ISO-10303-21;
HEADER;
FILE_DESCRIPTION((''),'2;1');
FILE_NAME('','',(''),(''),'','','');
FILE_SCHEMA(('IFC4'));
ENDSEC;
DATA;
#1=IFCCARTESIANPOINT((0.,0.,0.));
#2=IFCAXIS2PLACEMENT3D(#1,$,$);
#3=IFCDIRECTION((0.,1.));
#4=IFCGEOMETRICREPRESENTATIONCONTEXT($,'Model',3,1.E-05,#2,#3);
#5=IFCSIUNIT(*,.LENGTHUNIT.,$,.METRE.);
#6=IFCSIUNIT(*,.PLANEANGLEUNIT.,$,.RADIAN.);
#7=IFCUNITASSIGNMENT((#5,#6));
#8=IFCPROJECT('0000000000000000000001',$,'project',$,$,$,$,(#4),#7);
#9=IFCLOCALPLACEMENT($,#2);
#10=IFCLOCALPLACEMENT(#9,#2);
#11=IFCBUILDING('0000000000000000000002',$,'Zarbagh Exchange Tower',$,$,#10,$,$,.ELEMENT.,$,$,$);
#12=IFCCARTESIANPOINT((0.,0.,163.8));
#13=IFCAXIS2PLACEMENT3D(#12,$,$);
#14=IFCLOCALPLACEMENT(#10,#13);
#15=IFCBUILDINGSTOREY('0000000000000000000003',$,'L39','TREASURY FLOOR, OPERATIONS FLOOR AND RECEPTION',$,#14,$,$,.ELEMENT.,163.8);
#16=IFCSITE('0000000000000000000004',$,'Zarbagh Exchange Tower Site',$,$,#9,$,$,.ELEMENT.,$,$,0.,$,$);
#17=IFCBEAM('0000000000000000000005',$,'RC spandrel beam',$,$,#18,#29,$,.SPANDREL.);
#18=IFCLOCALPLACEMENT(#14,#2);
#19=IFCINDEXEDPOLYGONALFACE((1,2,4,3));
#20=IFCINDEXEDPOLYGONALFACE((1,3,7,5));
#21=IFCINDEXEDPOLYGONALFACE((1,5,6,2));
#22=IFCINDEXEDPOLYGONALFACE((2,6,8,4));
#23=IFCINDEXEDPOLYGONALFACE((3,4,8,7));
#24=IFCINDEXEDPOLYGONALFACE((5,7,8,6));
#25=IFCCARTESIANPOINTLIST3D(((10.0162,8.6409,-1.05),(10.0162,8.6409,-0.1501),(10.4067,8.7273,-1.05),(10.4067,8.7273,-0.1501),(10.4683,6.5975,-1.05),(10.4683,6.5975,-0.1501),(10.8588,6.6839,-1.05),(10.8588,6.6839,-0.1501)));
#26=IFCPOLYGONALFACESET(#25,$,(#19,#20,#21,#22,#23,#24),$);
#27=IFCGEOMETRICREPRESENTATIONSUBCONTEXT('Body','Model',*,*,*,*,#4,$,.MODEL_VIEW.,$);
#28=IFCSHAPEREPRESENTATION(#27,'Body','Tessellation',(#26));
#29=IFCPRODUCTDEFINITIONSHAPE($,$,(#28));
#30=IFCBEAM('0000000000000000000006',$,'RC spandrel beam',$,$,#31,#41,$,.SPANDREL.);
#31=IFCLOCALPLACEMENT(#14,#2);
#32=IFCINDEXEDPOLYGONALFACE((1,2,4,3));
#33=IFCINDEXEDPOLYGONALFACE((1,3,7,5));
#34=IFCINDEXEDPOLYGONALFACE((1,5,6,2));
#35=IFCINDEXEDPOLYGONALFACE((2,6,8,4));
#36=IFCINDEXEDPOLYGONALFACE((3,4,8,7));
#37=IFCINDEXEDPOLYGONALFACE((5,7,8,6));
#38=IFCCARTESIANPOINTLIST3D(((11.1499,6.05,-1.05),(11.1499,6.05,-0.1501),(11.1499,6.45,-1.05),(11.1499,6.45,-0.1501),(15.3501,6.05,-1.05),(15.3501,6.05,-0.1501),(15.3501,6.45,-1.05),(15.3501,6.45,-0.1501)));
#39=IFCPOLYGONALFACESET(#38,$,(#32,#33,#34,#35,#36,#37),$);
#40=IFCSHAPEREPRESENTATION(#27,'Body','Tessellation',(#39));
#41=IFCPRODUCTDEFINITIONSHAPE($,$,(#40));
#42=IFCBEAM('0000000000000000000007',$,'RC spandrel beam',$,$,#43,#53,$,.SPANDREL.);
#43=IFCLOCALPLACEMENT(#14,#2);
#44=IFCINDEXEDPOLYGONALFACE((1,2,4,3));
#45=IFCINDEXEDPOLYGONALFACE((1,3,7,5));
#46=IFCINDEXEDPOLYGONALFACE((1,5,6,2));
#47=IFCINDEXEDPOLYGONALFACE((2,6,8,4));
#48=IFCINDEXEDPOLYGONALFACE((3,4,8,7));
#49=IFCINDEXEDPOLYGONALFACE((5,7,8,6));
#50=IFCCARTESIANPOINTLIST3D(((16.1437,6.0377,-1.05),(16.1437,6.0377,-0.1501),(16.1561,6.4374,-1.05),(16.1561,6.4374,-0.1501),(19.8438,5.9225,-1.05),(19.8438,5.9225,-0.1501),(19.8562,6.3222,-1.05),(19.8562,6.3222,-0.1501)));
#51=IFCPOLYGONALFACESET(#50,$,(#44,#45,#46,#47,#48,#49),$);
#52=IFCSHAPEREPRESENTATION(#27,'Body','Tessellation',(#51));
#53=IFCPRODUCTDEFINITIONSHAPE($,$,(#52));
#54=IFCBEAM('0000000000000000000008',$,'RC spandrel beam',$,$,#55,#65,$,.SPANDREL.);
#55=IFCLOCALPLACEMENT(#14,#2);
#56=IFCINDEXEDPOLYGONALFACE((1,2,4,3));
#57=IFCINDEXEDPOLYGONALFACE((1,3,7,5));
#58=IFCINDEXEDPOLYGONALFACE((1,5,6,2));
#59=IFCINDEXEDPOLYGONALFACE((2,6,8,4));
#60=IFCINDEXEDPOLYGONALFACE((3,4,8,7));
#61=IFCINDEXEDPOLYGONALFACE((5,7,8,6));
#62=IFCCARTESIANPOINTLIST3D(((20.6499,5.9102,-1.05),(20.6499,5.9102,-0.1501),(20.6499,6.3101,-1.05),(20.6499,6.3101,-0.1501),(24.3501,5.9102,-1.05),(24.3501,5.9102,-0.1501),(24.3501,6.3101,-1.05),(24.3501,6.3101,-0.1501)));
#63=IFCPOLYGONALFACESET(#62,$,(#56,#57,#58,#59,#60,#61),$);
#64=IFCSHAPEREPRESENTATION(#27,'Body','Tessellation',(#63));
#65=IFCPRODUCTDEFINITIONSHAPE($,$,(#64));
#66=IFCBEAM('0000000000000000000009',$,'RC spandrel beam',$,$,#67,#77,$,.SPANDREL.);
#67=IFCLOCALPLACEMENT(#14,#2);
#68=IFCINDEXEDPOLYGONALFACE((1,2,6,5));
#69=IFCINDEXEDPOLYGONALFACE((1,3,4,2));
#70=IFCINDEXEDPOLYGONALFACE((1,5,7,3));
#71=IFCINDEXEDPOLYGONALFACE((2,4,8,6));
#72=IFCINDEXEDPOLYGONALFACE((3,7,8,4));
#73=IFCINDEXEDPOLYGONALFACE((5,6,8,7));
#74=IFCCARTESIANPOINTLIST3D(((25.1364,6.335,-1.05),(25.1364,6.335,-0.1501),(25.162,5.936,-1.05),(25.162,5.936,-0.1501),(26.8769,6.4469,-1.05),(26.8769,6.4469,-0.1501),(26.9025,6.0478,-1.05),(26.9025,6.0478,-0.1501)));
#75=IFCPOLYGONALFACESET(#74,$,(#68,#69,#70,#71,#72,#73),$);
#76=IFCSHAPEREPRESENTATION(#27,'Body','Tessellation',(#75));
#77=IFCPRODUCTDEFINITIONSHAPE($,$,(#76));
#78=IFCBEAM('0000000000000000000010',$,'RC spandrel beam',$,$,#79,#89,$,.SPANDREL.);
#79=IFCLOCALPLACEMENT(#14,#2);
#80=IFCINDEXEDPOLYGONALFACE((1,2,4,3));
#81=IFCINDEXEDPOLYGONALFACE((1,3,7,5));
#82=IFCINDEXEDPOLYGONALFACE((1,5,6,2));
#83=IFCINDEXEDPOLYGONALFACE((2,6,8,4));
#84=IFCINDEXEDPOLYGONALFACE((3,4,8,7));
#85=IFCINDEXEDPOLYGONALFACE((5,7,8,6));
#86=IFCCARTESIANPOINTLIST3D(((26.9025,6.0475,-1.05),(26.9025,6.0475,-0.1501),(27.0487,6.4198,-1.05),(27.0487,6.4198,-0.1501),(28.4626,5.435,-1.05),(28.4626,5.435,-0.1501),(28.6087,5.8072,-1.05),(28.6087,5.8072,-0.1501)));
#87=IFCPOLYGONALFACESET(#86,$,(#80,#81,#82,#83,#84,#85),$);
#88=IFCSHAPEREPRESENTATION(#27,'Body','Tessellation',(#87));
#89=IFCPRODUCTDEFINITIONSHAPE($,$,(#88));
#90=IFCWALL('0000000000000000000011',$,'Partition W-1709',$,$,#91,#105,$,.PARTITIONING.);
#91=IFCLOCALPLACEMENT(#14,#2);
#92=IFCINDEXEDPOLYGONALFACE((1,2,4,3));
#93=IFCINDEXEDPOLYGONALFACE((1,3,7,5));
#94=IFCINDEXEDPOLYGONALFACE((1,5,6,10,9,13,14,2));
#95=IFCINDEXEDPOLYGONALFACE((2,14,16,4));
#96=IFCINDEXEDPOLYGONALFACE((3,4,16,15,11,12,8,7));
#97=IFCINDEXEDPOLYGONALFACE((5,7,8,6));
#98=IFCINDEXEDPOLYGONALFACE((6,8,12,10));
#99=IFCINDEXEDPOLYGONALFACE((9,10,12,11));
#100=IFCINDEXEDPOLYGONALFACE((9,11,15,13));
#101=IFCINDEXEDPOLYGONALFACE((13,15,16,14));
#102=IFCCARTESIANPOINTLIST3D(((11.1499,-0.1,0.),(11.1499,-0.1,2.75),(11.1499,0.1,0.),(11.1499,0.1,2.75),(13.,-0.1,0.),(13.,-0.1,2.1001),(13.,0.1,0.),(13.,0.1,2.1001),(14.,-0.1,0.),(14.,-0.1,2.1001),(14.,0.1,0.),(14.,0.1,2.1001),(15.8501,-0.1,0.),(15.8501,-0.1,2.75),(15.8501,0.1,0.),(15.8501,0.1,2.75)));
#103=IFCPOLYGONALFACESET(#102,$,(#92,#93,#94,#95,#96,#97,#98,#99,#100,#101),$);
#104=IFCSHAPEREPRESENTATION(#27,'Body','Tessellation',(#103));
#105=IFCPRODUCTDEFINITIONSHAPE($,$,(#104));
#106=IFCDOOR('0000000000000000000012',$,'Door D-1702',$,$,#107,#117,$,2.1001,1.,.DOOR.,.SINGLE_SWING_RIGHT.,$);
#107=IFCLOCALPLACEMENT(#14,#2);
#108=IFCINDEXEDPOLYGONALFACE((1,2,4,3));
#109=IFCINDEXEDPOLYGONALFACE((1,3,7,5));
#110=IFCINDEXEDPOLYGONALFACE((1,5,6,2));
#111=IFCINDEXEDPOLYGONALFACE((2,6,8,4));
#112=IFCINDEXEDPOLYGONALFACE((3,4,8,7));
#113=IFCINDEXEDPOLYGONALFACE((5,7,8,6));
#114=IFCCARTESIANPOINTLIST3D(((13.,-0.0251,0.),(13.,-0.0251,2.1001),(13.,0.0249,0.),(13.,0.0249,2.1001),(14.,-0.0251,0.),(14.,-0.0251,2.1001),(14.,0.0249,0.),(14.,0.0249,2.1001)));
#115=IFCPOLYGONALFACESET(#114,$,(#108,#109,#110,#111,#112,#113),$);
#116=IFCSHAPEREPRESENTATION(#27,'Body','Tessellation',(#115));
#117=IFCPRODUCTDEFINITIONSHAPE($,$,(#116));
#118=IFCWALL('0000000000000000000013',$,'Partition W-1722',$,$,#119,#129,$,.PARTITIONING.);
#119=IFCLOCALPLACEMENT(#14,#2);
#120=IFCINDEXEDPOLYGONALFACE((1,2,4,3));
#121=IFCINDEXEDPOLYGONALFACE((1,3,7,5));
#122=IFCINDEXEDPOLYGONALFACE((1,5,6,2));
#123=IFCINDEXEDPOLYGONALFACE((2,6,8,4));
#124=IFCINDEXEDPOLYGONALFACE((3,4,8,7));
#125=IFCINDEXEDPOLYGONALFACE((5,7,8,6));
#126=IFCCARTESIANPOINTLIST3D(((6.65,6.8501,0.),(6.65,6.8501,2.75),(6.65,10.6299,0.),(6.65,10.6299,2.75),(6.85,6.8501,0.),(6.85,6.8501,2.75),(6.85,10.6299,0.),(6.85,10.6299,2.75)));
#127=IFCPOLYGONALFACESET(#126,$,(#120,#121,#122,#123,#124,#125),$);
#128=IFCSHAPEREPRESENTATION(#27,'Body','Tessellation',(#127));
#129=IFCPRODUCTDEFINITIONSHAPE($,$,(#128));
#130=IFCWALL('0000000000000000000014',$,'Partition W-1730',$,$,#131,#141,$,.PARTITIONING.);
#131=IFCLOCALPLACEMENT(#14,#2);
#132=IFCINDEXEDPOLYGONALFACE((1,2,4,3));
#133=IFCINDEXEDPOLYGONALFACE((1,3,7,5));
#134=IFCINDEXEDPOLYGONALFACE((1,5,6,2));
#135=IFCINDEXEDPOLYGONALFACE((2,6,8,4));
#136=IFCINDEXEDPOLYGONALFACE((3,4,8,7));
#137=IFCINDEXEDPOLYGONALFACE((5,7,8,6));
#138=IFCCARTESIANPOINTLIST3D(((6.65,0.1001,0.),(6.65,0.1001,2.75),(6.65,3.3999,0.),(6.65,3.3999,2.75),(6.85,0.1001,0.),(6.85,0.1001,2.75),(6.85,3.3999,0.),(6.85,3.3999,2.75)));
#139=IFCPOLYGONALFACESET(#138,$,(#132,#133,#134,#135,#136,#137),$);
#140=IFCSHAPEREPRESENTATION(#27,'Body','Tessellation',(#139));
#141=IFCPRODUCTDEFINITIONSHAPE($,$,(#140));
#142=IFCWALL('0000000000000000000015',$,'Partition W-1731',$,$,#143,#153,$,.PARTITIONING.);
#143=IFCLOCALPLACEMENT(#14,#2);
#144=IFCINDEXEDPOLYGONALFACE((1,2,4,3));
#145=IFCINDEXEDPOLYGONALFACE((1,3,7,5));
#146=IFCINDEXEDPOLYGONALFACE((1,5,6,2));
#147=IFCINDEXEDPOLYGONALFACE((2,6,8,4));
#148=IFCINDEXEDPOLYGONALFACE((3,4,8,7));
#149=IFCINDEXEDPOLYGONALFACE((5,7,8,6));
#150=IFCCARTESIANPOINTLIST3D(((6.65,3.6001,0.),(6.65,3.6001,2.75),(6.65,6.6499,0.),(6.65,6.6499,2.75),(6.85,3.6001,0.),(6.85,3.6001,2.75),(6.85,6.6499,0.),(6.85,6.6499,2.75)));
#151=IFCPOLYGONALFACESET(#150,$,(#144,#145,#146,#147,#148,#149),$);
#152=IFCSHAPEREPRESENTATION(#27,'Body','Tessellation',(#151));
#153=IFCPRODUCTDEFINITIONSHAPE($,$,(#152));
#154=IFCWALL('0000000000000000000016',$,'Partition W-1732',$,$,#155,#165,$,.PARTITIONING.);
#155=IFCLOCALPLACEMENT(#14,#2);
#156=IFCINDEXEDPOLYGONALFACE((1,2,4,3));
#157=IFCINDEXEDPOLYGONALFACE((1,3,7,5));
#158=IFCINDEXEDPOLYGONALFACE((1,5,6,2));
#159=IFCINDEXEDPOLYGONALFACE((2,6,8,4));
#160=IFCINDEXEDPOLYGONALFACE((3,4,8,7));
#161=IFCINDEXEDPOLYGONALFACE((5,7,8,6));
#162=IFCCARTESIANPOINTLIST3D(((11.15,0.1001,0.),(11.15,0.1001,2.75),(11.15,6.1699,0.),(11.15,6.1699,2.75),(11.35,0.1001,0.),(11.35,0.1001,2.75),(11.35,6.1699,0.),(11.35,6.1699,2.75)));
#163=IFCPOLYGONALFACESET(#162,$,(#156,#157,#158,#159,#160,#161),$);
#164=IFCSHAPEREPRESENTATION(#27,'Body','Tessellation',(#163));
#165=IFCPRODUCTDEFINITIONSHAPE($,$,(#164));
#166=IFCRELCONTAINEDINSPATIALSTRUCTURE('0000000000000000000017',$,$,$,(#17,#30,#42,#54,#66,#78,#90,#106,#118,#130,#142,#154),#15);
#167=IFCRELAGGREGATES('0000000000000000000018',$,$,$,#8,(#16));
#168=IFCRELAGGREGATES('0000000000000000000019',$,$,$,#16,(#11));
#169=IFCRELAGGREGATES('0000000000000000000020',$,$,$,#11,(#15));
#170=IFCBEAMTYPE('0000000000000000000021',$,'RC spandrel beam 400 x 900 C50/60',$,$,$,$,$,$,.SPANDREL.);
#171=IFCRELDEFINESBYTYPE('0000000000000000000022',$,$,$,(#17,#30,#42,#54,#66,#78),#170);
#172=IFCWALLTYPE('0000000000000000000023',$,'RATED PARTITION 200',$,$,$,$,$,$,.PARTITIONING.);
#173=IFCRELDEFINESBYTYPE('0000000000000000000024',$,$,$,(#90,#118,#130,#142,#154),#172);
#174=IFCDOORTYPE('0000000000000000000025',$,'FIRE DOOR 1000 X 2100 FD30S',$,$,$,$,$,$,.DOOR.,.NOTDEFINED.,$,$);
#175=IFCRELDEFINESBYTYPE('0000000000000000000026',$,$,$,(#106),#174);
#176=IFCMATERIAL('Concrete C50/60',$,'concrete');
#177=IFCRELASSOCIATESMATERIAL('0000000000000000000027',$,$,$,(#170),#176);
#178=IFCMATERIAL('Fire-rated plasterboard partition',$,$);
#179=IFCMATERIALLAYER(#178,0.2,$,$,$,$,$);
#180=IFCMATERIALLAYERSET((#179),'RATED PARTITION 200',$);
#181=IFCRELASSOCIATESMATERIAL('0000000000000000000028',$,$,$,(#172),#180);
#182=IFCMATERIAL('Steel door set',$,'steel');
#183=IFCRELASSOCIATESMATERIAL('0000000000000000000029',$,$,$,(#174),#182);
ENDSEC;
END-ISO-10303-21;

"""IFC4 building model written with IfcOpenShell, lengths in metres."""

from ifc_helpers import new_model, si_unit, direction, frame, frame_2d, origin, origin_2d, place, context, subcontext, project, spatial, rectangle, extrude, material, layer, layer_set, material_profile, profile_set, type_object, element, fill, save


model = new_model("IFC4")

# Units and contexts
model_context = context("Model", 3, precision=1e-05, world=origin(), true_north=direction((0.0, 1.0)))
body_context = subcontext(model_context, "Body", "Model", "MODEL_VIEW")
ifc_project = project(units=[si_unit("LENGTHUNIT", "METRE"), si_unit("PLANEANGLEUNIT", "RADIAN")], contexts=[model_context])

# Site, building, storey
site_placement = place(None, origin())
site = spatial("IfcSite", under=ifc_project, at=site_placement, Name="Zarbagh Exchange Tower Site", CompositionType="ELEMENT", RefElevation=0.0)
building_placement = place(site_placement, origin())
building = spatial("IfcBuilding", under=site, at=building_placement, Name="Zarbagh Exchange Tower", CompositionType="ELEMENT")
storey_placement = place(building_placement, frame((0.0, 0.0, 163.8)))
storey = spatial("IfcBuildingStorey", under=building, at=storey_placement, Name="L39", Description="TREASURY FLOOR, OPERATIONS FLOOR AND RECEPTION", CompositionType="ELEMENT", Elevation=163.8)

# Shared definitions
ifc_material_1 = material(Name="Concrete C50/60", Category="concrete")

# Beams
ifc_material_profile_1 = material_profile(ifc_material_1, rectangle(XDim=0.3999, YDim=0.8999, at=origin_2d()), Name="RC spandrel beam 400 x 900 C50/60")
ifc_profile_set_1 = profile_set([ifc_material_profile_1], Name="Concrete C50/60")
beam_type_1 = type_object("IfcBeamType", Name="RC spandrel beam 400 x 900 C50/60", PredefinedType="SPANDREL", material=ifc_profile_set_1)
beam_1_placement = place(storey_placement, frame((10.2114, 8.6841, -0.6001), z_axis=(0.216041, -0.976384, 0.0), x_axis=(0.976384, 0.216041, 0.0)))
element("IfcBeam", 1, at=beam_1_placement, inside=storey, type_object=beam_type_1, Name="RC spandrel beam", PredefinedType="SPANDREL", context=body_context, shape_type="SweptSolid", body=[
    extrude(rectangle(XDim=0.3999, YDim=0.8999, at=origin_2d()), origin(), (0.0, 0.0, 1.0), 2.0928),
])
beam_2_placement = place(storey_placement, frame((11.1499, 6.25, -0.6001), z_axis=(1.0, 0.0, 0.0), x_axis=(0.0, 1.0, 0.0)))
element("IfcBeam", 2, at=beam_2_placement, inside=storey, type_object=beam_type_1, Name="RC spandrel beam", PredefinedType="SPANDREL", context=body_context, shape_type="SweptSolid", body=[
    extrude(rectangle(XDim=0.3999, YDim=0.8999, at=origin_2d()), origin(), (0.0, 0.0, 1.0), 4.2002),
])
beam_3_placement = place(storey_placement, frame((16.1499, 6.2375, -0.6001), z_axis=(0.999515, -0.031128, 0.0), x_axis=(0.031128, 0.999515, 0.0)))
element("IfcBeam", 3, at=beam_3_placement, inside=storey, type_object=beam_type_1, Name="RC spandrel beam", PredefinedType="SPANDREL", context=body_context, shape_type="SweptSolid", body=[
    extrude(rectangle(XDim=0.3999, YDim=0.8999, at=origin_2d()), origin(), (0.0, 0.0, 1.0), 3.7019),
])
beam_4_placement = place(storey_placement, frame((20.6499, 6.1101, -0.6001), z_axis=(1.0, 0.0, 0.0), x_axis=(0.0, 1.0, 0.0)))
element("IfcBeam", 4, at=beam_4_placement, inside=storey, type_object=beam_type_1, Name="RC spandrel beam", PredefinedType="SPANDREL", context=body_context, shape_type="SweptSolid", body=[
    extrude(rectangle(XDim=0.3999, YDim=0.8999, at=origin_2d()), origin(), (0.0, 0.0, 1.0), 3.7002),
])
beam_5_placement = place(storey_placement, frame((25.1492, 6.1355, -0.6001), z_axis=(0.997943, 0.064112, 0.0), x_axis=(-0.064112, 0.997943, 0.0)))
element("IfcBeam", 5, at=beam_5_placement, inside=storey, type_object=beam_type_1, Name="RC spandrel beam", PredefinedType="SPANDREL", context=body_context, shape_type="SweptSolid", body=[
    extrude(rectangle(XDim=0.3999, YDim=0.8999, at=origin_2d()), origin(), (0.0, 0.0, 1.0), 1.7441),
])
beam_6_placement = place(storey_placement, frame((26.9756, 6.2336, -0.6001), z_axis=(0.930819, -0.365481, 0.0), x_axis=(0.365481, 0.930819, 0.0)))
element("IfcBeam", 6, at=beam_6_placement, inside=storey, type_object=beam_type_1, Name="RC spandrel beam", PredefinedType="SPANDREL", context=body_context, shape_type="SweptSolid", body=[
    extrude(rectangle(XDim=0.3999, YDim=0.8999, at=origin_2d()), origin(), (0.0, 0.0, 1.0), 1.676),
])

# Wall, opening, door
ifc_material_2 = material(Name="Fire-rated plasterboard partition")
ifc_layer = layer(ifc_material_2, 0.2)
ifc_layer_set = layer_set([ifc_layer], Name="RATED PARTITION 200")
wall_type = type_object("IfcWallType", Name="RATED PARTITION 200", PredefinedType="PARTITIONING", material=ifc_layer_set)
wall_1_placement = place(storey_placement, frame((11.1499, 0.0, 0.0), z_axis=(0.0, 0.0, 1.0), x_axis=(1.0, 0.0, 0.0)))
wall_1 = element("IfcWall", 7, at=wall_1_placement, inside=storey, type_object=wall_type, Name="Partition W-1709", PredefinedType="PARTITIONING", context=body_context, shape_type="SweptSolid", body=[
    extrude(rectangle(XDim=4.7002, YDim=0.2, at=frame_2d((2.3501, 0.0))), origin(), (0.0, 0.0, 1.0), 2.75),
])
opening_1_placement = place(wall_1_placement, frame((1.8501, 0.0, 0.0)))
opening_1 = element("IfcOpeningElement", 8, at=opening_1_placement, cuts=wall_1, PredefinedType="OPENING", context=body_context, shape_type="SweptSolid", body=[
    extrude(rectangle(XDim=1.0, YDim=2.1001, at=frame_2d((0.5, 1.05))), frame((0.0, 0.1099, 0.0), z_axis=(0.0, -1.0, 0.0), x_axis=(1.0, 0.0, 0.0)), (0.0, 0.0, 1.0), 0.22),
])
ifc_material_3 = material(Name="Steel door set", Category="steel")
door_type_1 = type_object("IfcDoorType", Name="FIRE DOOR 1000 X 2100 FD30S", OperationType="NOTDEFINED", PredefinedType="DOOR", material=ifc_material_3)
door_1_placement = place(opening_1_placement, origin())
door_1 = element("IfcDoor", 9, at=door_1_placement, inside=storey, type_object=door_type_1, Name="Door D-1702", OperationType="SINGLE_SWING_RIGHT", OverallHeight=2.1001, OverallWidth=1.0, PredefinedType="DOOR", context=body_context, shape_type="SweptSolid", body=[
    extrude(rectangle(XDim=1.0, YDim=2.1001, at=frame_2d((0.5, 1.05))), frame((0.0, 0.0249, 0.0), z_axis=(0.0, -1.0, 0.0), x_axis=(1.0, 0.0, 0.0)), (0.0, 0.0, 1.0), 0.05),
])
fill(opening_1, door_1)

# Walls
wall_2_placement = place(storey_placement, frame((6.75, 6.8501, 0.0), z_axis=(0.0, 0.0, 1.0), x_axis=(0.0, 1.0, 0.0)))
element("IfcWall", 10, at=wall_2_placement, inside=storey, type_object=wall_type, Name="Partition W-1722", PredefinedType="PARTITIONING", context=body_context, shape_type="SweptSolid", body=[
    extrude(rectangle(XDim=3.7798, YDim=0.2, at=frame_2d((1.8899, 0.0))), origin(), (0.0, 0.0, 1.0), 2.75),
])
wall_3_placement = place(storey_placement, frame((6.75, 0.1001, 0.0), z_axis=(0.0, 0.0, 1.0), x_axis=(0.0, 1.0, 0.0)))
element("IfcWall", 11, at=wall_3_placement, inside=storey, type_object=wall_type, Name="Partition W-1730", PredefinedType="PARTITIONING", context=body_context, shape_type="SweptSolid", body=[
    extrude(rectangle(XDim=3.2998, YDim=0.2, at=frame_2d((1.6499, 0.0))), origin(), (0.0, 0.0, 1.0), 2.75),
])
wall_4_placement = place(storey_placement, frame((6.75, 3.6001, 0.0), z_axis=(0.0, 0.0, 1.0), x_axis=(0.0, 1.0, 0.0)))
element("IfcWall", 12, at=wall_4_placement, inside=storey, type_object=wall_type, Name="Partition W-1731", PredefinedType="PARTITIONING", context=body_context, shape_type="SweptSolid", body=[
    extrude(rectangle(XDim=3.0498, YDim=0.2, at=frame_2d((1.5249, 0.0))), origin(), (0.0, 0.0, 1.0), 2.75),
])
wall_5_placement = place(storey_placement, frame((11.25, 0.1001, 0.0), z_axis=(0.0, 0.0, 1.0), x_axis=(0.0, 1.0, 0.0)))
element("IfcWall", 13, at=wall_5_placement, inside=storey, type_object=wall_type, Name="Partition W-1732", PredefinedType="PARTITIONING", context=body_context, shape_type="SweptSolid", body=[
    extrude(rectangle(XDim=6.0698, YDim=0.2, at=frame_2d((3.0349, 0.0))), origin(), (0.0, 0.0, 1.0), 2.75),
])

save(model, "model.ifc")
